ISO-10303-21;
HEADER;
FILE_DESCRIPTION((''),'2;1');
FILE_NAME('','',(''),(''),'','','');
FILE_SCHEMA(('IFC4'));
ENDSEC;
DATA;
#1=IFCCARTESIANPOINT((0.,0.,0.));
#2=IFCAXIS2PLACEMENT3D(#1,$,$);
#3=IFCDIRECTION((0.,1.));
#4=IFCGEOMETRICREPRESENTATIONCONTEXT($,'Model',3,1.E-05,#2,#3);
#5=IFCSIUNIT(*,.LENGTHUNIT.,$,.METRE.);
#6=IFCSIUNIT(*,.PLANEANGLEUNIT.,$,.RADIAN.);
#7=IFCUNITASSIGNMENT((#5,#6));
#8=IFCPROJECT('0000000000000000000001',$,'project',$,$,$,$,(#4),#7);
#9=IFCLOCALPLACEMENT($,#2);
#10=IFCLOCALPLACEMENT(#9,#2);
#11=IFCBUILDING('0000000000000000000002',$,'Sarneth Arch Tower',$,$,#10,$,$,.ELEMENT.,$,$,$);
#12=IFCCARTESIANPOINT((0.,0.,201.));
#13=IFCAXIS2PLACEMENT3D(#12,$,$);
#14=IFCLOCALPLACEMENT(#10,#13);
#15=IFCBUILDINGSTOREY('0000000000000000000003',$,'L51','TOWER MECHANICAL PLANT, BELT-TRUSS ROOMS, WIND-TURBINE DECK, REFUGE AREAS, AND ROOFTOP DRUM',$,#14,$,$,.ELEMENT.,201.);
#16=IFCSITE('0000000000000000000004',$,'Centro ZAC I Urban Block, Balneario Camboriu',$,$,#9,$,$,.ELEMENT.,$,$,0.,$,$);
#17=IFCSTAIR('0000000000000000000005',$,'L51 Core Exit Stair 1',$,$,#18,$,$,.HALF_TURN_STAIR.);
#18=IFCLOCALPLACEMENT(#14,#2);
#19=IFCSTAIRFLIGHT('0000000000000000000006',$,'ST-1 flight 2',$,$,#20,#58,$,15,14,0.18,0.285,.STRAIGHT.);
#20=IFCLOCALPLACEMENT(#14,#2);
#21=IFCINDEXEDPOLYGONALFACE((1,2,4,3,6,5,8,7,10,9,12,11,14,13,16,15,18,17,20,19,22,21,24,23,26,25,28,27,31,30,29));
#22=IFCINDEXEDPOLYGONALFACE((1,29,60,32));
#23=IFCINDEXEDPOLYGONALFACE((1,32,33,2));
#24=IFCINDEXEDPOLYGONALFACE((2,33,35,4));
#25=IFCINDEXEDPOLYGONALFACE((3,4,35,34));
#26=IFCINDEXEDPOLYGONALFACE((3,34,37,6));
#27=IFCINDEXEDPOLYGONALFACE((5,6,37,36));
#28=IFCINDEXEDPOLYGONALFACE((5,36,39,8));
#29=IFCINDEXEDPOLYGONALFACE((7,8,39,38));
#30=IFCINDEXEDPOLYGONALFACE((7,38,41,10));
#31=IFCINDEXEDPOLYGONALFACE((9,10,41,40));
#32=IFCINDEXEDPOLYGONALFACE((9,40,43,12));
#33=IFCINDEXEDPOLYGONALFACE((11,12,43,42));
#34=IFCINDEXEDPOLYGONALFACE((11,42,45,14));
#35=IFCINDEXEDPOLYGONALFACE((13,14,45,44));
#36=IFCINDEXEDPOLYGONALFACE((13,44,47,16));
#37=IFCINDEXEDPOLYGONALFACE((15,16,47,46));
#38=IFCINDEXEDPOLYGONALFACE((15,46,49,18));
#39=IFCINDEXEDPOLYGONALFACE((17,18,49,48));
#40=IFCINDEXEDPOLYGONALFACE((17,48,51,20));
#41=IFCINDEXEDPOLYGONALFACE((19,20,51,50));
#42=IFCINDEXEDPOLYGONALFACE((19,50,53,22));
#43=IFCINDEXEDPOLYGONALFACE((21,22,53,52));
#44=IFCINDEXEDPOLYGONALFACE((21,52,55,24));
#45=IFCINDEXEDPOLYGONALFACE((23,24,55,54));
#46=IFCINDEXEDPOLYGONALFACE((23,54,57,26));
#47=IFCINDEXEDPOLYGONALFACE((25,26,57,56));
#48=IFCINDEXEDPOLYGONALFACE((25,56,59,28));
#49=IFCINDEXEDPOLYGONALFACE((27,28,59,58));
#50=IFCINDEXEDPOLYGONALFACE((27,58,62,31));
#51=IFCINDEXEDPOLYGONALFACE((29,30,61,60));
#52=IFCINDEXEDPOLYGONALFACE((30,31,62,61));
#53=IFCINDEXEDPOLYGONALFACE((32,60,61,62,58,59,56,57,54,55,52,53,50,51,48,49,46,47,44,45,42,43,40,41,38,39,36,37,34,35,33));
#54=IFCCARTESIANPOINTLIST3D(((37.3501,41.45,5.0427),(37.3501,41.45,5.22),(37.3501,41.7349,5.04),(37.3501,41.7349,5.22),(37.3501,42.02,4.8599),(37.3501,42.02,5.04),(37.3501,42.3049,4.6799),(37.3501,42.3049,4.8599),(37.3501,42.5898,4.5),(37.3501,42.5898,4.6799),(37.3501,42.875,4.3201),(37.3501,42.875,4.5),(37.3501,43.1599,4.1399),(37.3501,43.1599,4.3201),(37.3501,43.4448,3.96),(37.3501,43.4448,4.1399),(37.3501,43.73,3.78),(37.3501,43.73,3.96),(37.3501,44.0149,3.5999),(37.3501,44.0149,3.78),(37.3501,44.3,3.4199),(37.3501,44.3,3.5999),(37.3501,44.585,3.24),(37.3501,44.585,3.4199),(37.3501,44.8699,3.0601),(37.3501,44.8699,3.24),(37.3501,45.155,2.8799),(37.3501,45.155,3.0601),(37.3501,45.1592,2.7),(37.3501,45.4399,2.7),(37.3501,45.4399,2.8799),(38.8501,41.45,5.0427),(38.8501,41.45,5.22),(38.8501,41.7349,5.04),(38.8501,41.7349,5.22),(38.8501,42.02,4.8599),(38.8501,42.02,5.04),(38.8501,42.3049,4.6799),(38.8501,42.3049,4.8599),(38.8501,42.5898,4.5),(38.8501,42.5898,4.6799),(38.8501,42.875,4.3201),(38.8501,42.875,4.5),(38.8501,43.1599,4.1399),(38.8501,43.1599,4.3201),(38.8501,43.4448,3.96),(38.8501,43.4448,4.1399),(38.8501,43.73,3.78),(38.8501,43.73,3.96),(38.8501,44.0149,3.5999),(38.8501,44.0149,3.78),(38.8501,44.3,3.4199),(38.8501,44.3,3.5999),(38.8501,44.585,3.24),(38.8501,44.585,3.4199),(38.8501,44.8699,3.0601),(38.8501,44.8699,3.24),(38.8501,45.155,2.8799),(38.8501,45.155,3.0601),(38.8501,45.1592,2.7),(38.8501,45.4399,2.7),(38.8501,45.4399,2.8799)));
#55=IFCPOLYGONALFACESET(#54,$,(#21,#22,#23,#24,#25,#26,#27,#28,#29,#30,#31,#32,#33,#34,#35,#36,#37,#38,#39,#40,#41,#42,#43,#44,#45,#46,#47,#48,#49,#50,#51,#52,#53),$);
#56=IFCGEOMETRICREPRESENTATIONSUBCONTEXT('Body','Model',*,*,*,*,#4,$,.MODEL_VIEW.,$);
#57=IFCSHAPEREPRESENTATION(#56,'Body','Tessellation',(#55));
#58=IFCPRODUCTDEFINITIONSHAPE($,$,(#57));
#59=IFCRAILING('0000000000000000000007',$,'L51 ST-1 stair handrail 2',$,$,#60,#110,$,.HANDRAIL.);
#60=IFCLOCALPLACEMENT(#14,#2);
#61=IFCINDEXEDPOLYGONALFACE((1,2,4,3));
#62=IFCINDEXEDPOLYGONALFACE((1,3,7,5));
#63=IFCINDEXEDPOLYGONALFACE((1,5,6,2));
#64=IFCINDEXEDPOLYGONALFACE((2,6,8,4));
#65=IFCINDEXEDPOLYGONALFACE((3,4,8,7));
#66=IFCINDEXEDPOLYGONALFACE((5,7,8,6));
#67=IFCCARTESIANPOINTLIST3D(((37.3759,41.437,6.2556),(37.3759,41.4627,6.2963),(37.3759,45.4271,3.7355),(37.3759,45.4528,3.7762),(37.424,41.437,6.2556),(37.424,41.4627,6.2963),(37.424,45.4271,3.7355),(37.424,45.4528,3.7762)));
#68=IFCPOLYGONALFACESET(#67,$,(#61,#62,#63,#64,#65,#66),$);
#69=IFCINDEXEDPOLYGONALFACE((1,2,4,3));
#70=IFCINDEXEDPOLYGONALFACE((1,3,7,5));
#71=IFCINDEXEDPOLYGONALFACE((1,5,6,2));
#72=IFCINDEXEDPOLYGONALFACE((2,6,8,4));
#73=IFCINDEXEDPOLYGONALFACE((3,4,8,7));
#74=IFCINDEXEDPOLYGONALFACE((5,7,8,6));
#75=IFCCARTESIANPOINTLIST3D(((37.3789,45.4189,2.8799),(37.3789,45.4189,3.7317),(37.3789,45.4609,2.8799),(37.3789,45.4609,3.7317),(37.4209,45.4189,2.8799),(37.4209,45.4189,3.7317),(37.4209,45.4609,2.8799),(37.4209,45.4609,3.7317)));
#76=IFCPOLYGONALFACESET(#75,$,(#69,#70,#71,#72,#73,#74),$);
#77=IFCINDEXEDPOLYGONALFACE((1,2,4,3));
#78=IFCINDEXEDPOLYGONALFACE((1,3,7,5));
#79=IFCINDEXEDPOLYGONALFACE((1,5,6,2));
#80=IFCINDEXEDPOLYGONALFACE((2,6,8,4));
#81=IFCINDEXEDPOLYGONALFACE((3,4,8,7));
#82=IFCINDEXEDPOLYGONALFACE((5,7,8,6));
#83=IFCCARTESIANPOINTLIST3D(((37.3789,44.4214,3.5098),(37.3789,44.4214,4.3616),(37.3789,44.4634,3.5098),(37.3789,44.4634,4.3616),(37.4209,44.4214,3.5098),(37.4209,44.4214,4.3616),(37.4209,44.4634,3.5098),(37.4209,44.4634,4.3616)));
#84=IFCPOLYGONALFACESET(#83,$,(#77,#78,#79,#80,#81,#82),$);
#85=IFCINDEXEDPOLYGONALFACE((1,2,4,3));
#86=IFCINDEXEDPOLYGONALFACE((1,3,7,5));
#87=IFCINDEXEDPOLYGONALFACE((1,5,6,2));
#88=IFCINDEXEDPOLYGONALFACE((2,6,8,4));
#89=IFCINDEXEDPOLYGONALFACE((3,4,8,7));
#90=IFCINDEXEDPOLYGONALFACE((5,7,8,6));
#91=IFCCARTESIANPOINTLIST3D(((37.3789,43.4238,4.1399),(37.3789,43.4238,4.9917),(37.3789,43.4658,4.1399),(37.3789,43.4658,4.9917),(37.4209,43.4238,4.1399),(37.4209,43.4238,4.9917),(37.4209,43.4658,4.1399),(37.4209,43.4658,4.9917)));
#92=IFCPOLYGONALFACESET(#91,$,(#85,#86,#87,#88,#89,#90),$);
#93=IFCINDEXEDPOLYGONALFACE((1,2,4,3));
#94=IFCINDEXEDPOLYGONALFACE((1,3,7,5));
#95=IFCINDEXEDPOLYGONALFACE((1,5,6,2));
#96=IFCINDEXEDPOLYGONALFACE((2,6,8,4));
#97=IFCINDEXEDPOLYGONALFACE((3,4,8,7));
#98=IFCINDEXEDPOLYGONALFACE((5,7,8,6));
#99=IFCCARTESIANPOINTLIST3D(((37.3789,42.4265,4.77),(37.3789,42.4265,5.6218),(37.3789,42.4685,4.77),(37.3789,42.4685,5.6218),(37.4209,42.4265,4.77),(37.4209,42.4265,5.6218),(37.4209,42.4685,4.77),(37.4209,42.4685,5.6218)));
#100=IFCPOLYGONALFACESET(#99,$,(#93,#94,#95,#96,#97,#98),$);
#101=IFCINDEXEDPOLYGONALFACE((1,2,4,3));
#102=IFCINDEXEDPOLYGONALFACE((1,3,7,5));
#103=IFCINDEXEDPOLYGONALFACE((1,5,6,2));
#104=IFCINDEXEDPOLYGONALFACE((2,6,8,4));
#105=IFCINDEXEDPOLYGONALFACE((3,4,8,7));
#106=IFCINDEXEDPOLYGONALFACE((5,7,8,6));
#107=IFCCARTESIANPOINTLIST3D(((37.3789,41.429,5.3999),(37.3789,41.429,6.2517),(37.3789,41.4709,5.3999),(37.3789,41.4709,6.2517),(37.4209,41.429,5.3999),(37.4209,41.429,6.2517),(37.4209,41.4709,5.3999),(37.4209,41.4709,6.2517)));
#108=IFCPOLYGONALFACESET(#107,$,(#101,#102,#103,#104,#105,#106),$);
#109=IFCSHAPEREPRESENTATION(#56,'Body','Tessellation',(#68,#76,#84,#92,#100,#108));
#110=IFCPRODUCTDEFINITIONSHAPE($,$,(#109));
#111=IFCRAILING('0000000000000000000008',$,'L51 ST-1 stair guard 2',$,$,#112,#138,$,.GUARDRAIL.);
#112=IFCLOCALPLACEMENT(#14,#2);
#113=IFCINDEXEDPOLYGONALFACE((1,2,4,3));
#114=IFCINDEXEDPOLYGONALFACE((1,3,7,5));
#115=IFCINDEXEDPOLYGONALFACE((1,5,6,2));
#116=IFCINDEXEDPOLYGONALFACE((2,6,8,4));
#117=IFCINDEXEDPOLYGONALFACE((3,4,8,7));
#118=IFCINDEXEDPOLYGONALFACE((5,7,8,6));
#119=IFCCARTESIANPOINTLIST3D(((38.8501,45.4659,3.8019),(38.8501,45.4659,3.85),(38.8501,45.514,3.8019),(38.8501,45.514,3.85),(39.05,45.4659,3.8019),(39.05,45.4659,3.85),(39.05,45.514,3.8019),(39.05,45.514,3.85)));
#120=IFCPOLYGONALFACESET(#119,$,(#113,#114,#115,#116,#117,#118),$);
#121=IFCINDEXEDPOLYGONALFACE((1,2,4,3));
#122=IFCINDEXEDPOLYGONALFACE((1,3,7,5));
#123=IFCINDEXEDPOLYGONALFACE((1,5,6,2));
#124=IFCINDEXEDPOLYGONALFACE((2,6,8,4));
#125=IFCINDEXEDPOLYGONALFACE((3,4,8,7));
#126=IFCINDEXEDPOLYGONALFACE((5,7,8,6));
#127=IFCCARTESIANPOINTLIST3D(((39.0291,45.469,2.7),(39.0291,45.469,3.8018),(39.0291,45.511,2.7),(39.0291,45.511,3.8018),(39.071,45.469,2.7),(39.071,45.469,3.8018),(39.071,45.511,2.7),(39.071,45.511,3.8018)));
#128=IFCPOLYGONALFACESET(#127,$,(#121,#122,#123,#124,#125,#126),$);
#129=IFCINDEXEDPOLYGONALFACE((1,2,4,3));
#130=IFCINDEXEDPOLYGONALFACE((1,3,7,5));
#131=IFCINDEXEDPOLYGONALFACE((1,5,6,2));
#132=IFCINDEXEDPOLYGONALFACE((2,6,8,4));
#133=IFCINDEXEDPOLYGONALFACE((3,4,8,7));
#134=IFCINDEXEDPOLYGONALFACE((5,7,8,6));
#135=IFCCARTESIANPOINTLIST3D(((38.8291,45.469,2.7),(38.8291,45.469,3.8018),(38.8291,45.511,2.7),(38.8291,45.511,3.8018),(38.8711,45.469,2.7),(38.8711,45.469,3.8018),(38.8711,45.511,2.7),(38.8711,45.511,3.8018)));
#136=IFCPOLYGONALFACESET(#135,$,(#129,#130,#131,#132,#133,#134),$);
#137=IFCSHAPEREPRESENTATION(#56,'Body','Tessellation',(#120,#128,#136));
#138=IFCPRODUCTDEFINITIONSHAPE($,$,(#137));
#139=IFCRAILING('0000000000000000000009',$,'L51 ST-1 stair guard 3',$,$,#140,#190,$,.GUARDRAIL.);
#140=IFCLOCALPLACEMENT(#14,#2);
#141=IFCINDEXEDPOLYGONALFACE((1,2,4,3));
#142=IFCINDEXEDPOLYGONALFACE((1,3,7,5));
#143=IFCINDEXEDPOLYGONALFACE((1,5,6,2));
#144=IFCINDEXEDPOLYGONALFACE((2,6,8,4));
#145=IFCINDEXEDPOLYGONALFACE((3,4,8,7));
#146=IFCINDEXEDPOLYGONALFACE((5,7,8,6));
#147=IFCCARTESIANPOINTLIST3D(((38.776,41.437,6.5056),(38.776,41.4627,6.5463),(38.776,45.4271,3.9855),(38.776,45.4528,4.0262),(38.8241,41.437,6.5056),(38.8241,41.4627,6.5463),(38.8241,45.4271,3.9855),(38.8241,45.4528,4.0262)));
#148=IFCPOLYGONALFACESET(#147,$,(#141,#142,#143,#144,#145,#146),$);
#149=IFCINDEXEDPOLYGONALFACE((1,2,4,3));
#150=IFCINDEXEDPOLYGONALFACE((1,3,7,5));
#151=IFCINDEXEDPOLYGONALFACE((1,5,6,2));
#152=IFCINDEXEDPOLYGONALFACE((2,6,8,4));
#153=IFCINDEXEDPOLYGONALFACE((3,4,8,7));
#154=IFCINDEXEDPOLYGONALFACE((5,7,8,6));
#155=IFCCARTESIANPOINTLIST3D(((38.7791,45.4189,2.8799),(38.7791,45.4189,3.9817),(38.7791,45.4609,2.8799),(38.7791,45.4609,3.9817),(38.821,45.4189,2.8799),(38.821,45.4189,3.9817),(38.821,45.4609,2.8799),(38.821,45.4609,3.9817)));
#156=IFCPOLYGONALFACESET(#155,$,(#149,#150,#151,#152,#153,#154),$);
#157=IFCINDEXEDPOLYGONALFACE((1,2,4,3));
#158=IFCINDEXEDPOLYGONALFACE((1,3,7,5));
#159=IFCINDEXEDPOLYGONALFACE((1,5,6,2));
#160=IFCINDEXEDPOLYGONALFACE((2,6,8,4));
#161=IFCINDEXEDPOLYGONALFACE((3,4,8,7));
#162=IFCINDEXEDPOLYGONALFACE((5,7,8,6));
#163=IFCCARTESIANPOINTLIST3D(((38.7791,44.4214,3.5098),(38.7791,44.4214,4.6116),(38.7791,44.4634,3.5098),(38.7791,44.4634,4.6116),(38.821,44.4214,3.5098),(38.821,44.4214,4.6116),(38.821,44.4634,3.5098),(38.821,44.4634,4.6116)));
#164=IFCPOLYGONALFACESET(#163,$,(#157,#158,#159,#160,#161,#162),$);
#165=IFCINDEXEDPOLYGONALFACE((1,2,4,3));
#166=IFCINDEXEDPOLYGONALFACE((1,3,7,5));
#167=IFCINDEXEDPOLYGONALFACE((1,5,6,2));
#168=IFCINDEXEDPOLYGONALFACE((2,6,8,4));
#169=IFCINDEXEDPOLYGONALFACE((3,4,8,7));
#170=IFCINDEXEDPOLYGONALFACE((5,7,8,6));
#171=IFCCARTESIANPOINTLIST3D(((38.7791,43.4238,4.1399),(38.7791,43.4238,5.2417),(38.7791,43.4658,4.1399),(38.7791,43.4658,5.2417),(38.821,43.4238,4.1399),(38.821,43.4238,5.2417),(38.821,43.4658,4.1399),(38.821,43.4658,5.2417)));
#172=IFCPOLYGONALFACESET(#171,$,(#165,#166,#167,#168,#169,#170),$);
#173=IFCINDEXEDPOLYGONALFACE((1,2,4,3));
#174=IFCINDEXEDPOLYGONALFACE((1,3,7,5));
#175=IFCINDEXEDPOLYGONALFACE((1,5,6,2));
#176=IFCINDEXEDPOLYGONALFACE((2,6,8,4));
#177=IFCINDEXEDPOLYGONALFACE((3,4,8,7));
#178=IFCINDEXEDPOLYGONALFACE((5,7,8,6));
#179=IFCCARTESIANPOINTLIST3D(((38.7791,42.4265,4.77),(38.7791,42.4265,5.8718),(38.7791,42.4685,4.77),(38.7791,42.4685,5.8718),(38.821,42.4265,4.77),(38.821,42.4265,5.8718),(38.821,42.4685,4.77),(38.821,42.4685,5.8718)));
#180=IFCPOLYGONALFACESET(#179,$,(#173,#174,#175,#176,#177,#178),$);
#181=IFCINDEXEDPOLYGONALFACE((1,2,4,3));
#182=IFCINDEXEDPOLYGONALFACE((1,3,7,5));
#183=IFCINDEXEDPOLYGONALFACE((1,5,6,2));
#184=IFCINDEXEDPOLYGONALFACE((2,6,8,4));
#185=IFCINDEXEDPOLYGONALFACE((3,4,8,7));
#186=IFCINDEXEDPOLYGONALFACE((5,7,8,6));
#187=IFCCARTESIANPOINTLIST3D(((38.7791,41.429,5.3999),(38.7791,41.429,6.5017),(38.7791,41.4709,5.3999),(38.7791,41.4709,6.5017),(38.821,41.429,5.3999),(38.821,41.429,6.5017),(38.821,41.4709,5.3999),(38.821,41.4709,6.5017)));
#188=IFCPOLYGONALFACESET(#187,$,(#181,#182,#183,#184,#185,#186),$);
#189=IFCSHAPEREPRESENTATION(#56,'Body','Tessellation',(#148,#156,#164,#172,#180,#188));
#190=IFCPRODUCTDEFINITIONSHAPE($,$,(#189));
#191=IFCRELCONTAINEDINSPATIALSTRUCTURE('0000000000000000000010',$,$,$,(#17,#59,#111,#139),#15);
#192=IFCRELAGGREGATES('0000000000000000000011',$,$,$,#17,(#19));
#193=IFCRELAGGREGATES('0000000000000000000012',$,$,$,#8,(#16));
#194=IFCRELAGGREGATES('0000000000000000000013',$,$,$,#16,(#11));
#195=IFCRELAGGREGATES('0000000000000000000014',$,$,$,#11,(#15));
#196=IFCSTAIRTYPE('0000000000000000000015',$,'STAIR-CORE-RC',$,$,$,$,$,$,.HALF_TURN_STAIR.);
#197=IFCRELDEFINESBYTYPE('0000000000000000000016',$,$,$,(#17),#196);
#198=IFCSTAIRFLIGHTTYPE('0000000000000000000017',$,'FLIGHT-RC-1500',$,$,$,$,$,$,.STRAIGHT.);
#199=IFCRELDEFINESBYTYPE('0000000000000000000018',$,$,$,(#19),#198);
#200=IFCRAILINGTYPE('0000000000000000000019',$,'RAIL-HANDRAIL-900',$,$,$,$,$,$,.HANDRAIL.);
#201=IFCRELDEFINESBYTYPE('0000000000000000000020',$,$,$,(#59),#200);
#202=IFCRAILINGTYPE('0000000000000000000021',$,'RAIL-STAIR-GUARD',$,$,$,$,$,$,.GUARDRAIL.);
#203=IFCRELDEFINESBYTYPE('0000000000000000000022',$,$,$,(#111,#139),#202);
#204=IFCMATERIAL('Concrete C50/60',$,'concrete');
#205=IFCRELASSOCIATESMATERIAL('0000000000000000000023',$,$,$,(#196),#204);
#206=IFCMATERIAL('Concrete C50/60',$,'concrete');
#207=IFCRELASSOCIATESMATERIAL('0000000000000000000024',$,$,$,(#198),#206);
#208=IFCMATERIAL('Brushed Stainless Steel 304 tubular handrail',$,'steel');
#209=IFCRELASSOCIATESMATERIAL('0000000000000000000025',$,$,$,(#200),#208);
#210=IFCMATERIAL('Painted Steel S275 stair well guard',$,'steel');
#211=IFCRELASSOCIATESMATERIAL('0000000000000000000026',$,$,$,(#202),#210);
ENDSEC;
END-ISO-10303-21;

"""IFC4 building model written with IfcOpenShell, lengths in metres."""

from ifc_helpers import new_model, si_unit, direction, frame, origin, origin_2d, place, context, subcontext, project, spatial, polyline, rectangle, outline, extrude, material, type_object, element, aggregate, save


model = new_model("IFC4")

# Units and contexts
model_context = context("Model", 3, precision=1e-05, world=origin(), true_north=direction((0.0, 1.0)))
body_context = subcontext(model_context, "Body", "Model", "MODEL_VIEW")
ifc_project = project(units=[si_unit("LENGTHUNIT", "METRE"), si_unit("PLANEANGLEUNIT", "RADIAN")], contexts=[model_context])

# Site, building, storey
site_placement = place(None, origin())
site = spatial("IfcSite", under=ifc_project, at=site_placement, Name="Centro ZAC I Urban Block, Balneario Camboriu", CompositionType="ELEMENT", RefElevation=0.0)
building_placement = place(site_placement, origin())
building = spatial("IfcBuilding", under=site, at=building_placement, Name="Sarneth Arch Tower", CompositionType="ELEMENT")
storey_placement = place(building_placement, frame((0.0, 0.0, 201.0)))
storey = spatial("IfcBuildingStorey", under=building, at=storey_placement, Name="L51", Description="TOWER MECHANICAL PLANT, BELT-TRUSS ROOMS, WIND-TURBINE DECK, REFUGE AREAS, AND ROOFTOP DRUM", CompositionType="ELEMENT", Elevation=201.0)

# Stair, stair flight
ifc_material_1 = material(Name="Concrete C50/60", Category="concrete")
stair_type = type_object("IfcStairType", Name="STAIR-CORE-RC", PredefinedType="HALF_TURN_STAIR", material=ifc_material_1)
stair_placement = place(storey_placement, origin())
stair = element("IfcStair", 1, at=stair_placement, inside=storey, type_object=stair_type, Name="L51 Core Exit Stair 1", PredefinedType="HALF_TURN_STAIR")
ifc_material_2 = material(Name="Concrete C50/60", Category="concrete")
stair_flight_type = type_object("IfcStairFlightType", Name="FLIGHT-RC-1500", PredefinedType="STRAIGHT", material=ifc_material_2)
stair_flight_placement = place(storey_placement, frame((38.1001, 45.4399, 2.7), z_axis=(0.0, 0.0, 1.0), x_axis=(0.0, -1.0, 0.0)))
stair_flight = element("IfcStairFlight", 2, at=stair_flight_placement, type_object=stair_flight_type, Name="ST-1 flight 2", NumberOfRisers=15, NumberOfTreads=14, PredefinedType="STRAIGHT", RiserHeight=0.18, TreadLength=0.285, context=body_context, shape_type="SweptSolid", body=[
    extrude(outline(polyline([(0.0, 0.0), (0.0, 0.1799), (0.2849, 0.1799), (0.2849, 0.3601), (0.5701, 0.3601), (0.5701, 0.54), (0.855, 0.54), (0.855, 0.72), (1.1399, 0.72), (1.1399, 0.8999), (1.425, 0.8999), (1.425, 1.0801), (1.71, 1.0801), (1.71, 1.26), (1.9951, 1.26), (1.9951, 1.4399), (2.28, 1.4399), (2.28, 1.6201), (2.5649, 1.6201), (2.5649, 1.8), (2.8501, 1.8), (2.8501, 1.98), (3.135, 1.98), (3.135, 2.1599), (3.4199, 2.1599), (3.4199, 2.3401), (3.7051, 2.3401), (3.7051, 2.52), (3.99, 2.52), (3.99, 2.7), (3.99, 2.3428), (0.2808, 0.0), (0.0, 0.0)])), frame((0.0, 0.75, 0.0), z_axis=(0.0, -1.0, 0.0), x_axis=(1.0, 0.0, 0.0)), (0.0, 0.0, 1.0), 1.5),
])
aggregate(stair, [stair_flight])

# Railings
ifc_material_3 = material(Name="Brushed Stainless Steel 304 tubular handrail", Category="steel")
railing_type_1 = type_object("IfcRailingType", Name="RAIL-HANDRAIL-900", PredefinedType="HANDRAIL", material=ifc_material_3)
railing_1_placement = place(storey_placement, frame((37.3999, 45.4399, 2.8799)))
element("IfcRailing", 3, at=railing_1_placement, inside=storey, type_object=railing_type_1, Name="L51 ST-1 stair handrail 2", PredefinedType="HANDRAIL", context=body_context, shape_type="SweptSolid", body=[
    extrude(rectangle(XDim=0.0481, YDim=0.0481, at=origin_2d()), frame((0.0, 0.0, 0.876), z_axis=(0.0, -0.845486, 0.533997), x_axis=(1.0, 0.0, 0.0)), (0.0, 0.0, 1.0), 4.7192),
    extrude(rectangle(XDim=0.042, YDim=0.042, at=origin_2d()), origin(), (0.0, 0.0, 1.0), 0.8518),
    extrude(rectangle(XDim=0.042, YDim=0.042, at=origin_2d()), frame((0.0, -0.9976, 0.6299)), (0.0, 0.0, 1.0), 0.8518),
    extrude(rectangle(XDim=0.042, YDim=0.042, at=origin_2d()), frame((0.0, -1.9951, 1.26)), (0.0, 0.0, 1.0), 0.8518),
    extrude(rectangle(XDim=0.042, YDim=0.042, at=origin_2d()), frame((0.0, -2.9924, 1.8901)), (0.0, 0.0, 1.0), 0.8518),
    extrude(rectangle(XDim=0.042, YDim=0.042, at=origin_2d()), frame((0.0, -3.99, 2.52)), (0.0, 0.0, 1.0), 0.8518),
])
ifc_material_4 = material(Name="Painted Steel S275 stair well guard", Category="steel")
railing_type_2 = type_object("IfcRailingType", Name="RAIL-STAIR-GUARD", PredefinedType="GUARDRAIL", material=ifc_material_4)
railing_2_placement = place(storey_placement, frame((39.05, 45.49, 2.7)))
element("IfcRailing", 4, at=railing_2_placement, inside=storey, type_object=railing_type_2, Name="L51 ST-1 stair guard 2", PredefinedType="GUARDRAIL", context=body_context, shape_type="SweptSolid", body=[
    extrude(rectangle(XDim=0.0481, YDim=0.0481, at=origin_2d()), frame((0.0, 0.0, 1.126), z_axis=(-1.0, 0.0, 0.0), x_axis=(0.0, -1.0, 0.0)), (0.0, 0.0, 1.0), 0.2),
    extrude(rectangle(XDim=0.042, YDim=0.042, at=origin_2d()), origin(), (0.0, 0.0, 1.0), 1.1018),
    extrude(rectangle(XDim=0.042, YDim=0.042, at=origin_2d()), frame((-0.2, 0.0, 0.0)), (0.0, 0.0, 1.0), 1.1018),
])
railing_3_placement = place(storey_placement, frame((38.8, 45.4399, 2.8799)))
element("IfcRailing", 5, at=railing_3_placement, inside=storey, type_object=railing_type_2, Name="L51 ST-1 stair guard 3", PredefinedType="GUARDRAIL", context=body_context, shape_type="SweptSolid", body=[
    extrude(rectangle(XDim=0.0481, YDim=0.0481, at=origin_2d()), frame((0.0, 0.0, 1.126), z_axis=(0.0, -0.845486, 0.533997), x_axis=(1.0, 0.0, 0.0)), (0.0, 0.0, 1.0), 4.7192),
    extrude(rectangle(XDim=0.042, YDim=0.042, at=origin_2d()), origin(), (0.0, 0.0, 1.0), 1.1018),
    extrude(rectangle(XDim=0.042, YDim=0.042, at=origin_2d()), frame((0.0, -0.9976, 0.6299)), (0.0, 0.0, 1.0), 1.1018),
    extrude(rectangle(XDim=0.042, YDim=0.042, at=origin_2d()), frame((0.0, -1.9951, 1.26)), (0.0, 0.0, 1.0), 1.1018),
    extrude(rectangle(XDim=0.042, YDim=0.042, at=origin_2d()), frame((0.0, -2.9924, 1.8901)), (0.0, 0.0, 1.0), 1.1018),
    extrude(rectangle(XDim=0.042, YDim=0.042, at=origin_2d()), frame((0.0, -3.99, 2.52)), (0.0, 0.0, 1.0), 1.1018),
])

save(model, "model.ifc")
